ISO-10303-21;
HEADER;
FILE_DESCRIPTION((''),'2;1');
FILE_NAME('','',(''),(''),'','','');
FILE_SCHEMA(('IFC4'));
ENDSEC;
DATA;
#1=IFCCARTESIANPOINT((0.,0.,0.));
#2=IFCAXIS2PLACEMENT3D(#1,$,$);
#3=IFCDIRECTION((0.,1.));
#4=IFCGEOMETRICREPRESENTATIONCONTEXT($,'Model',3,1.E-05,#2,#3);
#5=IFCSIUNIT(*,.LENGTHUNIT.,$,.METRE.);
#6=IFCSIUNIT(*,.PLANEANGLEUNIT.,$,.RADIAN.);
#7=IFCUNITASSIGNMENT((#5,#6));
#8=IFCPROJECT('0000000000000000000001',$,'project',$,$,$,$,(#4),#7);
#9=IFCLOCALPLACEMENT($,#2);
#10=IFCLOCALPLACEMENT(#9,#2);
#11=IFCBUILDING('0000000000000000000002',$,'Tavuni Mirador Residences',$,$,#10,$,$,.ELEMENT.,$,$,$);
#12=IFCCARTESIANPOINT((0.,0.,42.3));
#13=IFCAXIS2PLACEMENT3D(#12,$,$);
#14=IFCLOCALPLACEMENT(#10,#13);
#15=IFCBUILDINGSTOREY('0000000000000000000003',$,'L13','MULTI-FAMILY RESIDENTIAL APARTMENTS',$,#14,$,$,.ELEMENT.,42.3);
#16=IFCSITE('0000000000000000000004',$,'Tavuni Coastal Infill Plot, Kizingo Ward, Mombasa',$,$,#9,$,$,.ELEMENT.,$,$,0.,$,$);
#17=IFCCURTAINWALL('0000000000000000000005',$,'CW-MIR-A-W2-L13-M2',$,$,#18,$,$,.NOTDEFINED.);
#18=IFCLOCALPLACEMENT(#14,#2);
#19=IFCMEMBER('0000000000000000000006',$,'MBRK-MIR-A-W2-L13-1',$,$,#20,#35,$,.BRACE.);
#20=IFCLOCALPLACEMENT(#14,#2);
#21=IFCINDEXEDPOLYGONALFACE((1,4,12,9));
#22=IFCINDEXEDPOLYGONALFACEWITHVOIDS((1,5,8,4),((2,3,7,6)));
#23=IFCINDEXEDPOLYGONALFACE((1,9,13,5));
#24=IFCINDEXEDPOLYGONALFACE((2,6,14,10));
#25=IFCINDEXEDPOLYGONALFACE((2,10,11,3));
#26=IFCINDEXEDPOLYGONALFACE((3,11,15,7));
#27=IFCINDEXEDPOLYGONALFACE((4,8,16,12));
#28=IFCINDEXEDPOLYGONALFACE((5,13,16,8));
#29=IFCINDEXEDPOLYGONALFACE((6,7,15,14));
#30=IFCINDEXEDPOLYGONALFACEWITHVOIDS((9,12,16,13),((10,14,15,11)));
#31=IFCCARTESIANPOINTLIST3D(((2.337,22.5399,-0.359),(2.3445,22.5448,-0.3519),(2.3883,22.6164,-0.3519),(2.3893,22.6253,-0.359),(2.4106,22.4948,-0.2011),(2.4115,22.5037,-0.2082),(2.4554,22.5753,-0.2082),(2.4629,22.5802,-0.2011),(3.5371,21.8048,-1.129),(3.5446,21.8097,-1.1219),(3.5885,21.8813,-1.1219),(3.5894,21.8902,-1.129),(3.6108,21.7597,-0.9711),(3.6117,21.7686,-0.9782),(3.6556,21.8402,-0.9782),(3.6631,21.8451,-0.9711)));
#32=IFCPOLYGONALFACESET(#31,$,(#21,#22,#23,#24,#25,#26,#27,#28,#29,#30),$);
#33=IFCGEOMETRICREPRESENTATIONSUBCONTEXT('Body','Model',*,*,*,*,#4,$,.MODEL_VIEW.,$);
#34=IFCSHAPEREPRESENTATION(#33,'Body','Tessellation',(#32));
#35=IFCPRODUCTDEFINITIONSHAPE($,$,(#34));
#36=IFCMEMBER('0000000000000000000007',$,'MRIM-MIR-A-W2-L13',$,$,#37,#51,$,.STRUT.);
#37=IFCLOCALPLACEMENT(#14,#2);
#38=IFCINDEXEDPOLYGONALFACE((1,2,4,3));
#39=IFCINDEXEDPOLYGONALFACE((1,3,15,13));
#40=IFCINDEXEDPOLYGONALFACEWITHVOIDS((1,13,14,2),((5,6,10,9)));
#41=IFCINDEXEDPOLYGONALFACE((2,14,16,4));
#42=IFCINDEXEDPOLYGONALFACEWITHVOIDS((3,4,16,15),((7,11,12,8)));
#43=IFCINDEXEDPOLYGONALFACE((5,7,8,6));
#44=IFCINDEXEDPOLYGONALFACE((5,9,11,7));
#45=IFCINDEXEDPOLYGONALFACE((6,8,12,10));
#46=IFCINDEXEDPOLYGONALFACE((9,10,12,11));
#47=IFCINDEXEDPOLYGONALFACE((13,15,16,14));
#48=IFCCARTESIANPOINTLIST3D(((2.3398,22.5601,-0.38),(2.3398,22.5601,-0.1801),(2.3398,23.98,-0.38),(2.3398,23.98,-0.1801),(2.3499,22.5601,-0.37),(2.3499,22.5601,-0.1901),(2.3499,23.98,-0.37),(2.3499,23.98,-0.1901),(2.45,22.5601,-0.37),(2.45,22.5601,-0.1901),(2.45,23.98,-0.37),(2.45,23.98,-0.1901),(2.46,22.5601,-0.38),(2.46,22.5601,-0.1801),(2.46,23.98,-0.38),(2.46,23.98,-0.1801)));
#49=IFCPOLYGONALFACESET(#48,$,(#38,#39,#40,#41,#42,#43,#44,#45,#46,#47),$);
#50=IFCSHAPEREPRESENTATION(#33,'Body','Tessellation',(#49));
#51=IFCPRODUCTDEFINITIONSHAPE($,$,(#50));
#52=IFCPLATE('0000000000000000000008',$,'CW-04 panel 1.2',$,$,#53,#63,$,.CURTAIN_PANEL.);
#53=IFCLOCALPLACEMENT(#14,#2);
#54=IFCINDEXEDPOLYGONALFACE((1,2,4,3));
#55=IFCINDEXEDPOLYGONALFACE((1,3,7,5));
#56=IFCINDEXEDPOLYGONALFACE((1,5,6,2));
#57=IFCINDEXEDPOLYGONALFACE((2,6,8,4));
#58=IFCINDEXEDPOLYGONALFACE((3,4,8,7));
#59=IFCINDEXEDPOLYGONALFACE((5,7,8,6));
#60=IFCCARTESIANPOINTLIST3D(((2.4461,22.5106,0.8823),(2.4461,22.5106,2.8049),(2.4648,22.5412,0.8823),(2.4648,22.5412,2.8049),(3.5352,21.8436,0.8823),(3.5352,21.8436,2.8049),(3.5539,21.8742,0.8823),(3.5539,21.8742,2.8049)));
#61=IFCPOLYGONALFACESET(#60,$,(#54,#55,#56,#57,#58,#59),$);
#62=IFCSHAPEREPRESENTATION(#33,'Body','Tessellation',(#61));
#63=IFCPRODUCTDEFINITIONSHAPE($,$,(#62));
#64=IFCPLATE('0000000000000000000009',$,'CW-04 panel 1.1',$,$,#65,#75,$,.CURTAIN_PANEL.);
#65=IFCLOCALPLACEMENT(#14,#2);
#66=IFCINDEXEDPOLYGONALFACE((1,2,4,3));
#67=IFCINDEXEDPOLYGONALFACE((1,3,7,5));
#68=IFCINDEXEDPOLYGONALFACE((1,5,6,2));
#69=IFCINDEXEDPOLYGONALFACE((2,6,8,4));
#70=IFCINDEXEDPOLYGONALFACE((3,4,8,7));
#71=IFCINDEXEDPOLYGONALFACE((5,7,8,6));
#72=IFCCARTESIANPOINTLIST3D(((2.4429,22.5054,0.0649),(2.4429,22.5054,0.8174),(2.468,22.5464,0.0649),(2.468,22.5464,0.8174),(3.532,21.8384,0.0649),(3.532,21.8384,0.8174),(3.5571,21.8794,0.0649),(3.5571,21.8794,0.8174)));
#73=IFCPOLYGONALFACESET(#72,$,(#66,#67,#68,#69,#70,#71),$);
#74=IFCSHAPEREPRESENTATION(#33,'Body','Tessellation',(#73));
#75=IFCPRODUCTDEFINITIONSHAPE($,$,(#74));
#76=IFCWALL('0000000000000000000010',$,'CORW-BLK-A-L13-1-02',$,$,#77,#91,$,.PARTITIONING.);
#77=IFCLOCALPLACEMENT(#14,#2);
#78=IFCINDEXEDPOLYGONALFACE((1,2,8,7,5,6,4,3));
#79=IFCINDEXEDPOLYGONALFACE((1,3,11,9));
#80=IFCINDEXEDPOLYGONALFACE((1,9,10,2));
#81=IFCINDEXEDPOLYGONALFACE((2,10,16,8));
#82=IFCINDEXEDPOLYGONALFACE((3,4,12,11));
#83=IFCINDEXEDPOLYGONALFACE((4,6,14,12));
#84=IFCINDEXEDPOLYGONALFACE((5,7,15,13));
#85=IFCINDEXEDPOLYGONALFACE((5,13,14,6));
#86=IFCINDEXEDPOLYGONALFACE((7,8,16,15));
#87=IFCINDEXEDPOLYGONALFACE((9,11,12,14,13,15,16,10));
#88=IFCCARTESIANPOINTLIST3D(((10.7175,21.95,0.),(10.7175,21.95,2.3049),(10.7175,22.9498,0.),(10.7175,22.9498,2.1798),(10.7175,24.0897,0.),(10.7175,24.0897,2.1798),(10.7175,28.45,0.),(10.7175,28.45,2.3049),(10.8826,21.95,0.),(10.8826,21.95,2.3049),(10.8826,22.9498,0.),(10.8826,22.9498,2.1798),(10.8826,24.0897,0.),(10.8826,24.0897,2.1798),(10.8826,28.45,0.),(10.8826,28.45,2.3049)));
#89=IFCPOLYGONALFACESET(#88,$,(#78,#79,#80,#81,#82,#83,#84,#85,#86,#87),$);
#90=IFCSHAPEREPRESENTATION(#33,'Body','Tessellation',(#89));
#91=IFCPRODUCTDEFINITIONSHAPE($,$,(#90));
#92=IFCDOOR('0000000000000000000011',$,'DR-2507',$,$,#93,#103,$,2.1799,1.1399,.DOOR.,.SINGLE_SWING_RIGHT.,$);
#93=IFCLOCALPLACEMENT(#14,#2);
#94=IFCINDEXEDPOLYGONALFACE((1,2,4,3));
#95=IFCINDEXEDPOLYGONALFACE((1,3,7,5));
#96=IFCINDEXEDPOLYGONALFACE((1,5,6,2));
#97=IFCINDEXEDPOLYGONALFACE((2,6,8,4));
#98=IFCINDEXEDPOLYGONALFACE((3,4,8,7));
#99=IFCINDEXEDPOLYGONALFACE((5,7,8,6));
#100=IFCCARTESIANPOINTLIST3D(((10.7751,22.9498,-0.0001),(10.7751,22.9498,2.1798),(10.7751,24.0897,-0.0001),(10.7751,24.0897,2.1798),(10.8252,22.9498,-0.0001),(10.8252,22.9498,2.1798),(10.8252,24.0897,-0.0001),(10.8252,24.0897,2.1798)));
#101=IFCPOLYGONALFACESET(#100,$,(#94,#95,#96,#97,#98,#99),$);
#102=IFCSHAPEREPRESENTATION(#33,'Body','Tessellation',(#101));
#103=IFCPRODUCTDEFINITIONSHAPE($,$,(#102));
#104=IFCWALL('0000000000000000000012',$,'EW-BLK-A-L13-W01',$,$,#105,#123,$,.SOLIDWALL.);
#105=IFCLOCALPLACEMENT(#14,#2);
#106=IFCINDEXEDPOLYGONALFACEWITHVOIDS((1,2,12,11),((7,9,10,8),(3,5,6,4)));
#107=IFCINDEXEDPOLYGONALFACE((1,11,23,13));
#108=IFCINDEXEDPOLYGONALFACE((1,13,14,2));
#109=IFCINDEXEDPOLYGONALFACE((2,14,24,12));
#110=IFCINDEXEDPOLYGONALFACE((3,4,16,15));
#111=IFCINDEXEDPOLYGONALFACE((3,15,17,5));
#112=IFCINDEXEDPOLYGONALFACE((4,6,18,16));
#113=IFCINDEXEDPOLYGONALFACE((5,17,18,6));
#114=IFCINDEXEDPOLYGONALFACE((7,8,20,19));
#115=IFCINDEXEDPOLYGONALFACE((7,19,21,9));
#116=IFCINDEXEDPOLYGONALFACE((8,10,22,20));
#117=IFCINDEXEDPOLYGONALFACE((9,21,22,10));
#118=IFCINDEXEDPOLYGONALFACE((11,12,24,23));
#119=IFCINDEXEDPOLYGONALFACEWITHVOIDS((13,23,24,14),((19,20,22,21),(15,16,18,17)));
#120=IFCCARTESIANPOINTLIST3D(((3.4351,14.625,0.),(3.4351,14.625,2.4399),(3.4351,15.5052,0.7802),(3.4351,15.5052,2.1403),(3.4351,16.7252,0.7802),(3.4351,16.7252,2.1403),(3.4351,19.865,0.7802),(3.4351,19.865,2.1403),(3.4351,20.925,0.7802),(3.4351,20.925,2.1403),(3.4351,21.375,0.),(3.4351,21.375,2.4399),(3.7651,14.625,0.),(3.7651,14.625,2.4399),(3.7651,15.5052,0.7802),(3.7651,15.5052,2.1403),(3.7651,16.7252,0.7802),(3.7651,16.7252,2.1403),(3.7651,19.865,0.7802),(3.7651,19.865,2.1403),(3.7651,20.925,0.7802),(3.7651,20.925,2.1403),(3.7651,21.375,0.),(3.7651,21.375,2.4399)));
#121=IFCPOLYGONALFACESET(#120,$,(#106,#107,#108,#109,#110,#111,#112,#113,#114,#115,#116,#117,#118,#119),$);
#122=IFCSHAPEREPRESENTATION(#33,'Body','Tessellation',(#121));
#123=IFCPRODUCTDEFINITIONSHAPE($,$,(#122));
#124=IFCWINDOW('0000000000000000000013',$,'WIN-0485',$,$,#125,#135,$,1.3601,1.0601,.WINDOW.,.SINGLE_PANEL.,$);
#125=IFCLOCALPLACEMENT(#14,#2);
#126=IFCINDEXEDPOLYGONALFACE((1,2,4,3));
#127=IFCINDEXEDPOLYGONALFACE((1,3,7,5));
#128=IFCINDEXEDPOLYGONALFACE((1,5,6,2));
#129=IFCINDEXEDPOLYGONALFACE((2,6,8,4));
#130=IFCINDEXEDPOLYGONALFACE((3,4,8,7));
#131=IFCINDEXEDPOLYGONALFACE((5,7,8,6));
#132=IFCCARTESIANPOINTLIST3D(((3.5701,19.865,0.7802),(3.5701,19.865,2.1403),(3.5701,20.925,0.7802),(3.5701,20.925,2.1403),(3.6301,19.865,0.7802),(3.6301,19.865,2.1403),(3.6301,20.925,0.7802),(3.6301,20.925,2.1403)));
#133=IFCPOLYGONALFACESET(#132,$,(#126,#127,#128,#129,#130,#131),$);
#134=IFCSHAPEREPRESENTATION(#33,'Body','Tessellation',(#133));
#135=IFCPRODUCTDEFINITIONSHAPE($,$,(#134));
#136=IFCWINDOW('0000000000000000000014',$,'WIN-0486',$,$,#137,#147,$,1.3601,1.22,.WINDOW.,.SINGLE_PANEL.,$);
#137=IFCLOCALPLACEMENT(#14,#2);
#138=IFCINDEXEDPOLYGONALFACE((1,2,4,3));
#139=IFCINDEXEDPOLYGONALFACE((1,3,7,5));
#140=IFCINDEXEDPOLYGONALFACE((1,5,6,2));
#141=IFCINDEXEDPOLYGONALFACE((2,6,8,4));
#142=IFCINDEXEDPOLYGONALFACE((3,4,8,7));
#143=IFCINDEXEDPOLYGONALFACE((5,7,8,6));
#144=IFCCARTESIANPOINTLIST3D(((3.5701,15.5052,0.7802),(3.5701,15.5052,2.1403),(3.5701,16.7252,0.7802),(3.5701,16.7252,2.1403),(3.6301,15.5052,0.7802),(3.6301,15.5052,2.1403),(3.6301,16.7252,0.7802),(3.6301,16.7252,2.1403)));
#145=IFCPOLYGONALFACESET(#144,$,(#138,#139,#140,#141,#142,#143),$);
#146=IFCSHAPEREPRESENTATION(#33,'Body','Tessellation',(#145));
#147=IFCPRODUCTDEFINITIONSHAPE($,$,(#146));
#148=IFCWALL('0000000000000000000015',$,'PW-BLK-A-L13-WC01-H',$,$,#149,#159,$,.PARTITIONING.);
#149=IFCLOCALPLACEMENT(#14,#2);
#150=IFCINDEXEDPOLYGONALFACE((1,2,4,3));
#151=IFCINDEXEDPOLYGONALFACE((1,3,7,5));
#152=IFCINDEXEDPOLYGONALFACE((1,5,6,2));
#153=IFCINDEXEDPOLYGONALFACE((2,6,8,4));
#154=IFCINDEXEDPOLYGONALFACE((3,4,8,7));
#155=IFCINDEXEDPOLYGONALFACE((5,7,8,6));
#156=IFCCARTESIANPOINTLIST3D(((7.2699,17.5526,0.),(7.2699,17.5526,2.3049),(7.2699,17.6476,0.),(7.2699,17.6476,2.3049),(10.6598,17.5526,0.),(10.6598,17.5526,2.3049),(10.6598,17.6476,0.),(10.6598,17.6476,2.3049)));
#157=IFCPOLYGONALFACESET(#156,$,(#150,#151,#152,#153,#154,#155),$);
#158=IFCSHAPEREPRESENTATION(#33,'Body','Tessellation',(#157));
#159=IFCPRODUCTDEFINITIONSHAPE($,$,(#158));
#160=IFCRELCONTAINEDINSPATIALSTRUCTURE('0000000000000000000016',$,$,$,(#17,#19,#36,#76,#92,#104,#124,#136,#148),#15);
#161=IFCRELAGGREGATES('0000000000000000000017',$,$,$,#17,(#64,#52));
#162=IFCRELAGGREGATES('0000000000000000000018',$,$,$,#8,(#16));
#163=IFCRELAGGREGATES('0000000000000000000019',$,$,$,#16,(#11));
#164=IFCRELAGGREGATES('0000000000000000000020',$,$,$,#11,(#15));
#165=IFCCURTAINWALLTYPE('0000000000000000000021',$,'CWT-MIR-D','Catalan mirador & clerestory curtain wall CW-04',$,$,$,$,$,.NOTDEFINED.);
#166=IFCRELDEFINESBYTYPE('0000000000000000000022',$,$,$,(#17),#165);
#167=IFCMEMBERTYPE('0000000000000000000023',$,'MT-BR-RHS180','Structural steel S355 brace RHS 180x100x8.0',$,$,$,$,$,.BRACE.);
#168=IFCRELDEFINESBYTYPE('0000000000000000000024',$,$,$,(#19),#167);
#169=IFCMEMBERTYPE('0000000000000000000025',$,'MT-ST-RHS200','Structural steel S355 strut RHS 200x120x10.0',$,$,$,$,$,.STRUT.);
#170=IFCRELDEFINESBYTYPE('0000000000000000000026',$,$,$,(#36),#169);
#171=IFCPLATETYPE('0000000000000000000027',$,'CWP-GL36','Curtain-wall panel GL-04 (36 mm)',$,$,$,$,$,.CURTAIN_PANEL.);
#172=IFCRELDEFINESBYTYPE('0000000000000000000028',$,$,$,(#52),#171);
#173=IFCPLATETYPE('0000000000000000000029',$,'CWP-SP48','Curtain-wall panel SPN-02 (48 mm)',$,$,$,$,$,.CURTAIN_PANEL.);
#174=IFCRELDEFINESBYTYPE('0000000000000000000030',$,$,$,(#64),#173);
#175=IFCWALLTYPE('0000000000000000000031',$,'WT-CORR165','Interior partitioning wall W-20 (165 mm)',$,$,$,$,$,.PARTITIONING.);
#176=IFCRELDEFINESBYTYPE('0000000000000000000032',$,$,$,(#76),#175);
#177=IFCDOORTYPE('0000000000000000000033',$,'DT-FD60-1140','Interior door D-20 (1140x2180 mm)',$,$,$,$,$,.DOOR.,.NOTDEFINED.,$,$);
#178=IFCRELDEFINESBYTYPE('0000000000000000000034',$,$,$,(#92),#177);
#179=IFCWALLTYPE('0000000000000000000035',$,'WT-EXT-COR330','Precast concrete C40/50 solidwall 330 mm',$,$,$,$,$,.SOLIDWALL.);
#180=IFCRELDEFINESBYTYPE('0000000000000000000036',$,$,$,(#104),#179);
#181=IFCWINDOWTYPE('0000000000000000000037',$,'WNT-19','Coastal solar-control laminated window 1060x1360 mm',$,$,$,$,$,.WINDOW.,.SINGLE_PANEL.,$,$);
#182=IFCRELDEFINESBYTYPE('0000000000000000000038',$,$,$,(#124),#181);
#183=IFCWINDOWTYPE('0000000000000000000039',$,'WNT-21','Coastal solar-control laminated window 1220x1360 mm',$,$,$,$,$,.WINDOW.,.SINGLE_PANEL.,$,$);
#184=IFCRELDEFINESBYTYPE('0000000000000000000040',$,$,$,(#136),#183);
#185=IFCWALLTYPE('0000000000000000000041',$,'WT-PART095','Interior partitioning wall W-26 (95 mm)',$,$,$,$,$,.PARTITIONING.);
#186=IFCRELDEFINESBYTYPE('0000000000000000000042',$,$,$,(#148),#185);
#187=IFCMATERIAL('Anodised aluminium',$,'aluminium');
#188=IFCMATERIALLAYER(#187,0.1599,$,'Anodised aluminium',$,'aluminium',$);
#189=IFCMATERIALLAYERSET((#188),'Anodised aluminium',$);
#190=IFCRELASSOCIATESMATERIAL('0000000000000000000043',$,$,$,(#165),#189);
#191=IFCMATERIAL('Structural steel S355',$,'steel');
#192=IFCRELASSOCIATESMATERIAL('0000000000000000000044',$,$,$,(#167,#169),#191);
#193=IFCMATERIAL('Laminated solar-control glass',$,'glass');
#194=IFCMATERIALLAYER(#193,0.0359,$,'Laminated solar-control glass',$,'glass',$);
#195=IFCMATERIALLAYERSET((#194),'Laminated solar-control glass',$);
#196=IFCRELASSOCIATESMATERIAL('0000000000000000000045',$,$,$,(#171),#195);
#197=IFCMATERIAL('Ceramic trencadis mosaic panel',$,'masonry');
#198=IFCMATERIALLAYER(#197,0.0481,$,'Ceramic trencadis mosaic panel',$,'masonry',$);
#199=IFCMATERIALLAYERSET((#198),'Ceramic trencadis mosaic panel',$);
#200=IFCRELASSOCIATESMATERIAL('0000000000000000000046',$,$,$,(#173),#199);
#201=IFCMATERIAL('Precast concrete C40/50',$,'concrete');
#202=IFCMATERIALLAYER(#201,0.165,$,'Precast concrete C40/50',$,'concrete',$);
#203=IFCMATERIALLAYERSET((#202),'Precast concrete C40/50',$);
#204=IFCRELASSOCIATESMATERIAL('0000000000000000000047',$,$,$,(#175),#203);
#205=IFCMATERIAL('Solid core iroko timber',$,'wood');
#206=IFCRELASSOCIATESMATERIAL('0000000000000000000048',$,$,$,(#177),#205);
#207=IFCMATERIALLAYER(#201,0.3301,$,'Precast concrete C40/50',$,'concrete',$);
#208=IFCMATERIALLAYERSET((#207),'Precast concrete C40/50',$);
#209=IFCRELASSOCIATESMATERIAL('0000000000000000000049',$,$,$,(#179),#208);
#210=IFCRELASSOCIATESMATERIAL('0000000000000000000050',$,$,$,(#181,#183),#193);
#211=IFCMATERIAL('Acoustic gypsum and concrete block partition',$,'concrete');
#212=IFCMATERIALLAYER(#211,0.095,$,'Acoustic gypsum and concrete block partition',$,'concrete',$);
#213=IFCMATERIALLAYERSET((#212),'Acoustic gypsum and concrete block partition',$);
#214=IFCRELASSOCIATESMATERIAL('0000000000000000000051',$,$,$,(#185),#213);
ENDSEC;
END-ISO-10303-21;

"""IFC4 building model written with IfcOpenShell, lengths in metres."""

from ifc_helpers import new_model, si_unit, direction, frame, frame_2d, origin, origin_2d, place, context, subcontext, project, spatial, rectangle, hollow_rectangle, extrude, material, layer, layer_set, material_profile, profile_set, type_object, element, fill, aggregate, save


model = new_model("IFC4")

# Units and contexts
model_context = context("Model", 3, precision=1e-05, world=origin(), true_north=direction((0.0, 1.0)))
body_context = subcontext(model_context, "Body", "Model", "MODEL_VIEW")
ifc_project = project(units=[si_unit("LENGTHUNIT", "METRE"), si_unit("PLANEANGLEUNIT", "RADIAN")], contexts=[model_context])

# Site, building, storey
site_placement = place(None, origin())
site = spatial("IfcSite", under=ifc_project, at=site_placement, Name="Tavuni Coastal Infill Plot, Kizingo Ward, Mombasa", CompositionType="ELEMENT", RefElevation=0.0)
building_placement = place(site_placement, origin())
building = spatial("IfcBuilding", under=site, at=building_placement, Name="Tavuni Mirador Residences", CompositionType="ELEMENT")
storey_placement = place(building_placement, frame((0.0, 0.0, 42.3)))
storey = spatial("IfcBuildingStorey", under=building, at=storey_placement, Name="L13", Description="MULTI-FAMILY RESIDENTIAL APARTMENTS", CompositionType="ELEMENT", Elevation=42.3)

# Shared definitions
ifc_material_1 = material(Name="Precast concrete C40/50", Category="concrete")

# Curtain wall
ifc_material_2 = material(Name="Anodised aluminium", Category="aluminium")
ifc_layer_1 = layer(ifc_material_2, 0.1599, Name="Anodised aluminium", Category="aluminium")
ifc_layer_set_1 = layer_set([ifc_layer_1], Name="Anodised aluminium")
curtain_wall_type = type_object("IfcCurtainWallType", Name="CWT-MIR-D", Description="Catalan mirador & clerestory curtain wall CW-04", PredefinedType="NOTDEFINED", material=ifc_layer_set_1)
curtain_wall_placement = place(storey_placement, origin())
curtain_wall = element("IfcCurtainWall", 1, at=curtain_wall_placement, inside=storey, type_object=curtain_wall_type, Name="CW-MIR-A-W2-L13-M2", PredefinedType="NOTDEFINED")

# Members
ifc_material_3 = material(Name="Structural steel S355", Category="steel")
ifc_material_profile_1 = material_profile(ifc_material_3, hollow_rectangle(XDim=0.1001, YDim=0.1799, WallThickness=0.0081, at=origin_2d()), Name="RHS 180x100x8.0", Category="steel")
ifc_profile_set_1 = profile_set([ifc_material_profile_1], Name="Structural steel S355")
member_type_1 = type_object("IfcMemberType", Name="MT-BR-RHS180", Description="Structural steel S355 brace RHS 180x100x8.0", PredefinedType="BRACE", material=ifc_profile_set_1)
member_1_placement = place(storey_placement, frame((3.6001, 21.825, -1.05), z_axis=(-0.748111, 0.45821, 0.479972), x_axis=(-0.522306, -0.852758, 0.0)))
element("IfcMember", 2, at=member_1_placement, inside=storey, type_object=member_type_1, Name="MBRK-MIR-A-W2-L13-1", PredefinedType="BRACE", context=body_context, shape_type="SweptSolid", body=[
    extrude(hollow_rectangle(XDim=0.1001, YDim=0.1799, WallThickness=0.0081, at=origin_2d()), origin(), (0.0, 0.0, 1.0), 1.6042),
])
ifc_material_profile_2 = material_profile(ifc_material_3, hollow_rectangle(XDim=0.1201, YDim=0.2, WallThickness=0.01, at=origin_2d()), Name="RHS 200x120x10.0", Category="steel")
ifc_profile_set_2 = profile_set([ifc_material_profile_2], Name="Structural steel S355")
member_type_2 = type_object("IfcMemberType", Name="MT-ST-RHS200", Description="Structural steel S355 strut RHS 200x120x10.0", PredefinedType="STRUT", material=ifc_profile_set_2)
member_2_placement = place(storey_placement, frame((2.3999, 22.5601, -0.28), z_axis=(0.0, 1.0, 0.0), x_axis=(-1.0, 0.0, 0.0)))
element("IfcMember", 3, at=member_2_placement, inside=storey, type_object=member_type_2, Name="MRIM-MIR-A-W2-L13", PredefinedType="STRUT", context=body_context, shape_type="SweptSolid", body=[
    extrude(hollow_rectangle(XDim=0.1201, YDim=0.2, WallThickness=0.01, at=origin_2d()), origin(), (0.0, 0.0, 1.0), 1.4199),
])

# Plates
ifc_material_4 = material(Name="Laminated solar-control glass", Category="glass")
ifc_layer_2 = layer(ifc_material_4, 0.0359, Name="Laminated solar-control glass", Category="glass")
ifc_layer_set_2 = layer_set([ifc_layer_2], Name="Laminated solar-control glass")
plate_type_1 = type_object("IfcPlateType", Name="CWP-GL36", Description="Curtain-wall panel GL-04 (36 mm)", PredefinedType="CURTAIN_PANEL", material=ifc_layer_set_2)
plate_1_placement = place(storey_placement, frame((3.0, 22.1924, 0.8823), z_axis=(0.0, 0.0, 1.0), x_axis=(0.852754, -0.522312, 0.0)))
plate_1 = element("IfcPlate", 4, at=plate_1_placement, type_object=plate_type_1, Name="CW-04 panel 1.2", PredefinedType="CURTAIN_PANEL", context=body_context, shape_type="SweptSolid", body=[
    extrude(rectangle(XDim=1.2771, YDim=0.0359, at=origin_2d()), origin(), (0.0, 0.0, 1.0), 1.9226),
])
ifc_material_5 = material(Name="Ceramic trencadis mosaic panel", Category="masonry")
ifc_layer_3 = layer(ifc_material_5, 0.0481, Name="Ceramic trencadis mosaic panel", Category="masonry")
ifc_layer_set_3 = layer_set([ifc_layer_3], Name="Ceramic trencadis mosaic panel")
plate_type_2 = type_object("IfcPlateType", Name="CWP-SP48", Description="Curtain-wall panel SPN-02 (48 mm)", PredefinedType="CURTAIN_PANEL", material=ifc_layer_set_3)
plate_2_placement = place(storey_placement, frame((3.0, 22.1924, 0.0649), z_axis=(0.0, 0.0, 1.0), x_axis=(0.852754, -0.522312, 0.0)))
plate_2 = element("IfcPlate", 5, at=plate_2_placement, type_object=plate_type_2, Name="CW-04 panel 1.1", PredefinedType="CURTAIN_PANEL", context=body_context, shape_type="SweptSolid", body=[
    extrude(rectangle(XDim=1.2771, YDim=0.0481, at=origin_2d()), origin(), (0.0, 0.0, 1.0), 0.7524),
])
aggregate(curtain_wall, [plate_2, plate_1])

# Wall, opening, door
ifc_layer_4 = layer(ifc_material_1, 0.165, Name="Precast concrete C40/50", Category="concrete")
ifc_layer_set_4 = layer_set([ifc_layer_4], Name="Precast concrete C40/50")
wall_type_1 = type_object("IfcWallType", Name="WT-CORR165", Description="Interior partitioning wall W-20 (165 mm)", PredefinedType="PARTITIONING", material=ifc_layer_set_4)
wall_1_placement = place(storey_placement, frame((10.8, 21.95, 0.0), z_axis=(0.0, 0.0, 1.0), x_axis=(0.0, 1.0, 0.0)))
wall_1 = element("IfcWall", 6, at=wall_1_placement, inside=storey, type_object=wall_type_1, Name="CORW-BLK-A-L13-1-02", PredefinedType="PARTITIONING", context=body_context, shape_type="SweptSolid", body=[
    extrude(rectangle(XDim=6.5, YDim=0.165, at=frame_2d((3.25, 0.0))), origin(), (0.0, 0.0, 1.0), 2.3049),
])
opening_1_placement = place(wall_1_placement, frame((1.0, 0.0, 0.0)))
opening_1 = element("IfcOpeningElement", 7, at=opening_1_placement, cuts=wall_1, PredefinedType="OPENING", context=body_context, shape_type="SweptSolid", body=[
    extrude(rectangle(XDim=1.1399, YDim=2.1799, at=frame_2d((0.5698, 1.0898))), frame((0.0, 0.0925, 0.0), z_axis=(0.0, -1.0, 0.0), x_axis=(1.0, 0.0, 0.0)), (0.0, 0.0, 1.0), 0.1851),
])
ifc_material_6 = material(Name="Solid core iroko timber", Category="wood")
door_type_1 = type_object("IfcDoorType", Name="DT-FD60-1140", Description="Interior door D-20 (1140x2180 mm)", OperationType="NOTDEFINED", PredefinedType="DOOR", material=ifc_material_6)
door_1_placement = place(opening_1_placement, origin())
door_1 = element("IfcDoor", 8, at=door_1_placement, inside=storey, type_object=door_type_1, Name="DR-2507", OperationType="SINGLE_SWING_RIGHT", OverallHeight=2.1799, OverallWidth=1.1399, PredefinedType="DOOR", context=body_context, shape_type="SweptSolid", body=[
    extrude(rectangle(XDim=1.1399, YDim=2.1799, at=frame_2d((0.5698, 1.0898))), frame((0.0, 0.0249, 0.0), z_axis=(0.0, -1.0, 0.0), x_axis=(1.0, 0.0, 0.0)), (0.0, 0.0, 1.0), 0.05),
])
fill(opening_1, door_1)

# Wall, openings, windows
ifc_layer_5 = layer(ifc_material_1, 0.3301, Name="Precast concrete C40/50", Category="concrete")
ifc_layer_set_5 = layer_set([ifc_layer_5], Name="Precast concrete C40/50")
wall_type_2 = type_object("IfcWallType", Name="WT-EXT-COR330", Description="Precast concrete C40/50 solidwall 330 mm", PredefinedType="SOLIDWALL", material=ifc_layer_set_5)
wall_2_placement = place(storey_placement, frame((3.6001, 21.375, 0.0), z_axis=(0.0, 0.0, 1.0), x_axis=(0.0, -1.0, 0.0)))
wall_2 = element("IfcWall", 9, at=wall_2_placement, inside=storey, type_object=wall_type_2, Name="EW-BLK-A-L13-W01", PredefinedType="SOLIDWALL", context=body_context, shape_type="SweptSolid", body=[
    extrude(rectangle(XDim=6.75, YDim=0.3301, at=frame_2d((3.375, 0.0))), origin(), (0.0, 0.0, 1.0), 2.4399),
])
opening_2_placement = place(wall_2_placement, frame((0.45, 0.0, 0.78)))
opening_2 = element("IfcOpeningElement", 10, at=opening_2_placement, cuts=wall_2, PredefinedType="OPENING", context=body_context, shape_type="SweptSolid", body=[
    extrude(rectangle(XDim=1.0601, YDim=1.3601, at=frame_2d((0.53, 0.6802))), frame((0.0, 0.175, 0.0), z_axis=(0.0, -1.0, 0.0), x_axis=(1.0, 0.0, 0.0)), (0.0, 0.0, 1.0), 0.3501),
])
opening_3_placement = place(wall_2_placement, frame((4.6499, 0.0, 0.78)))
opening_3 = element("IfcOpeningElement", 11, at=opening_3_placement, cuts=wall_2, PredefinedType="OPENING", context=body_context, shape_type="SweptSolid", body=[
    extrude(rectangle(XDim=1.22, YDim=1.3601, at=frame_2d((0.6099, 0.6802))), frame((0.0, 0.175, 0.0), z_axis=(0.0, -1.0, 0.0), x_axis=(1.0, 0.0, 0.0)), (0.0, 0.0, 1.0), 0.3501),
])
window_type_1 = type_object("IfcWindowType", Name="WNT-19", Description="Coastal solar-control laminated window 1060x1360 mm", PartitioningType="SINGLE_PANEL", PredefinedType="WINDOW", material=ifc_material_4)
window_1_placement = place(opening_2_placement, origin())
window_1 = element("IfcWindow", 12, at=window_1_placement, inside=storey, type_object=window_type_1, Name="WIN-0485", OverallHeight=1.3601, OverallWidth=1.0601, PartitioningType="SINGLE_PANEL", PredefinedType="WINDOW", context=body_context, shape_type="SweptSolid", body=[
    extrude(rectangle(XDim=1.0601, YDim=1.3601, at=frame_2d((0.53, 0.6802))), frame((0.0, 0.03, 0.0), z_axis=(0.0, -1.0, 0.0), x_axis=(1.0, 0.0, 0.0)), (0.0, 0.0, 1.0), 0.0601),
])
fill(opening_2, window_1)
window_type_2 = type_object("IfcWindowType", Name="WNT-21", Description="Coastal solar-control laminated window 1220x1360 mm", PartitioningType="SINGLE_PANEL", PredefinedType="WINDOW", material=ifc_material_4)
window_2_placement = place(opening_3_placement, origin())
window_2 = element("IfcWindow", 13, at=window_2_placement, inside=storey, type_object=window_type_2, Name="WIN-0486", OverallHeight=1.3601, OverallWidth=1.22, PartitioningType="SINGLE_PANEL", PredefinedType="WINDOW", context=body_context, shape_type="SweptSolid", body=[
    extrude(rectangle(XDim=1.22, YDim=1.3601, at=frame_2d((0.6099, 0.6802))), frame((0.0, 0.03, 0.0), z_axis=(0.0, -1.0, 0.0), x_axis=(1.0, 0.0, 0.0)), (0.0, 0.0, 1.0), 0.0601),
])
fill(opening_3, window_2)

# Wall
ifc_material_7 = material(Name="Acoustic gypsum and concrete block partition", Category="concrete")
ifc_layer_6 = layer(ifc_material_7, 0.095, Name="Acoustic gypsum and concrete block partition", Category="concrete")
ifc_layer_set_6 = layer_set([ifc_layer_6], Name="Acoustic gypsum and concrete block partition")
wall_type_3 = type_object("IfcWallType", Name="WT-PART095", Description="Interior partitioning wall W-26 (95 mm)", PredefinedType="PARTITIONING", material=ifc_layer_set_6)
wall_3_placement = place(storey_placement, frame((7.27, 17.6001, 0.0), z_axis=(0.0, 0.0, 1.0), x_axis=(1.0, 0.0, 0.0)))
element("IfcWall", 14, at=wall_3_placement, inside=storey, type_object=wall_type_3, Name="PW-BLK-A-L13-WC01-H", PredefinedType="PARTITIONING", context=body_context, shape_type="SweptSolid", body=[
    extrude(rectangle(XDim=3.3899, YDim=0.095, at=frame_2d((1.6948, 0.0))), origin(), (0.0, 0.0, 1.0), 2.3049),
])

save(model, "model.ifc")
